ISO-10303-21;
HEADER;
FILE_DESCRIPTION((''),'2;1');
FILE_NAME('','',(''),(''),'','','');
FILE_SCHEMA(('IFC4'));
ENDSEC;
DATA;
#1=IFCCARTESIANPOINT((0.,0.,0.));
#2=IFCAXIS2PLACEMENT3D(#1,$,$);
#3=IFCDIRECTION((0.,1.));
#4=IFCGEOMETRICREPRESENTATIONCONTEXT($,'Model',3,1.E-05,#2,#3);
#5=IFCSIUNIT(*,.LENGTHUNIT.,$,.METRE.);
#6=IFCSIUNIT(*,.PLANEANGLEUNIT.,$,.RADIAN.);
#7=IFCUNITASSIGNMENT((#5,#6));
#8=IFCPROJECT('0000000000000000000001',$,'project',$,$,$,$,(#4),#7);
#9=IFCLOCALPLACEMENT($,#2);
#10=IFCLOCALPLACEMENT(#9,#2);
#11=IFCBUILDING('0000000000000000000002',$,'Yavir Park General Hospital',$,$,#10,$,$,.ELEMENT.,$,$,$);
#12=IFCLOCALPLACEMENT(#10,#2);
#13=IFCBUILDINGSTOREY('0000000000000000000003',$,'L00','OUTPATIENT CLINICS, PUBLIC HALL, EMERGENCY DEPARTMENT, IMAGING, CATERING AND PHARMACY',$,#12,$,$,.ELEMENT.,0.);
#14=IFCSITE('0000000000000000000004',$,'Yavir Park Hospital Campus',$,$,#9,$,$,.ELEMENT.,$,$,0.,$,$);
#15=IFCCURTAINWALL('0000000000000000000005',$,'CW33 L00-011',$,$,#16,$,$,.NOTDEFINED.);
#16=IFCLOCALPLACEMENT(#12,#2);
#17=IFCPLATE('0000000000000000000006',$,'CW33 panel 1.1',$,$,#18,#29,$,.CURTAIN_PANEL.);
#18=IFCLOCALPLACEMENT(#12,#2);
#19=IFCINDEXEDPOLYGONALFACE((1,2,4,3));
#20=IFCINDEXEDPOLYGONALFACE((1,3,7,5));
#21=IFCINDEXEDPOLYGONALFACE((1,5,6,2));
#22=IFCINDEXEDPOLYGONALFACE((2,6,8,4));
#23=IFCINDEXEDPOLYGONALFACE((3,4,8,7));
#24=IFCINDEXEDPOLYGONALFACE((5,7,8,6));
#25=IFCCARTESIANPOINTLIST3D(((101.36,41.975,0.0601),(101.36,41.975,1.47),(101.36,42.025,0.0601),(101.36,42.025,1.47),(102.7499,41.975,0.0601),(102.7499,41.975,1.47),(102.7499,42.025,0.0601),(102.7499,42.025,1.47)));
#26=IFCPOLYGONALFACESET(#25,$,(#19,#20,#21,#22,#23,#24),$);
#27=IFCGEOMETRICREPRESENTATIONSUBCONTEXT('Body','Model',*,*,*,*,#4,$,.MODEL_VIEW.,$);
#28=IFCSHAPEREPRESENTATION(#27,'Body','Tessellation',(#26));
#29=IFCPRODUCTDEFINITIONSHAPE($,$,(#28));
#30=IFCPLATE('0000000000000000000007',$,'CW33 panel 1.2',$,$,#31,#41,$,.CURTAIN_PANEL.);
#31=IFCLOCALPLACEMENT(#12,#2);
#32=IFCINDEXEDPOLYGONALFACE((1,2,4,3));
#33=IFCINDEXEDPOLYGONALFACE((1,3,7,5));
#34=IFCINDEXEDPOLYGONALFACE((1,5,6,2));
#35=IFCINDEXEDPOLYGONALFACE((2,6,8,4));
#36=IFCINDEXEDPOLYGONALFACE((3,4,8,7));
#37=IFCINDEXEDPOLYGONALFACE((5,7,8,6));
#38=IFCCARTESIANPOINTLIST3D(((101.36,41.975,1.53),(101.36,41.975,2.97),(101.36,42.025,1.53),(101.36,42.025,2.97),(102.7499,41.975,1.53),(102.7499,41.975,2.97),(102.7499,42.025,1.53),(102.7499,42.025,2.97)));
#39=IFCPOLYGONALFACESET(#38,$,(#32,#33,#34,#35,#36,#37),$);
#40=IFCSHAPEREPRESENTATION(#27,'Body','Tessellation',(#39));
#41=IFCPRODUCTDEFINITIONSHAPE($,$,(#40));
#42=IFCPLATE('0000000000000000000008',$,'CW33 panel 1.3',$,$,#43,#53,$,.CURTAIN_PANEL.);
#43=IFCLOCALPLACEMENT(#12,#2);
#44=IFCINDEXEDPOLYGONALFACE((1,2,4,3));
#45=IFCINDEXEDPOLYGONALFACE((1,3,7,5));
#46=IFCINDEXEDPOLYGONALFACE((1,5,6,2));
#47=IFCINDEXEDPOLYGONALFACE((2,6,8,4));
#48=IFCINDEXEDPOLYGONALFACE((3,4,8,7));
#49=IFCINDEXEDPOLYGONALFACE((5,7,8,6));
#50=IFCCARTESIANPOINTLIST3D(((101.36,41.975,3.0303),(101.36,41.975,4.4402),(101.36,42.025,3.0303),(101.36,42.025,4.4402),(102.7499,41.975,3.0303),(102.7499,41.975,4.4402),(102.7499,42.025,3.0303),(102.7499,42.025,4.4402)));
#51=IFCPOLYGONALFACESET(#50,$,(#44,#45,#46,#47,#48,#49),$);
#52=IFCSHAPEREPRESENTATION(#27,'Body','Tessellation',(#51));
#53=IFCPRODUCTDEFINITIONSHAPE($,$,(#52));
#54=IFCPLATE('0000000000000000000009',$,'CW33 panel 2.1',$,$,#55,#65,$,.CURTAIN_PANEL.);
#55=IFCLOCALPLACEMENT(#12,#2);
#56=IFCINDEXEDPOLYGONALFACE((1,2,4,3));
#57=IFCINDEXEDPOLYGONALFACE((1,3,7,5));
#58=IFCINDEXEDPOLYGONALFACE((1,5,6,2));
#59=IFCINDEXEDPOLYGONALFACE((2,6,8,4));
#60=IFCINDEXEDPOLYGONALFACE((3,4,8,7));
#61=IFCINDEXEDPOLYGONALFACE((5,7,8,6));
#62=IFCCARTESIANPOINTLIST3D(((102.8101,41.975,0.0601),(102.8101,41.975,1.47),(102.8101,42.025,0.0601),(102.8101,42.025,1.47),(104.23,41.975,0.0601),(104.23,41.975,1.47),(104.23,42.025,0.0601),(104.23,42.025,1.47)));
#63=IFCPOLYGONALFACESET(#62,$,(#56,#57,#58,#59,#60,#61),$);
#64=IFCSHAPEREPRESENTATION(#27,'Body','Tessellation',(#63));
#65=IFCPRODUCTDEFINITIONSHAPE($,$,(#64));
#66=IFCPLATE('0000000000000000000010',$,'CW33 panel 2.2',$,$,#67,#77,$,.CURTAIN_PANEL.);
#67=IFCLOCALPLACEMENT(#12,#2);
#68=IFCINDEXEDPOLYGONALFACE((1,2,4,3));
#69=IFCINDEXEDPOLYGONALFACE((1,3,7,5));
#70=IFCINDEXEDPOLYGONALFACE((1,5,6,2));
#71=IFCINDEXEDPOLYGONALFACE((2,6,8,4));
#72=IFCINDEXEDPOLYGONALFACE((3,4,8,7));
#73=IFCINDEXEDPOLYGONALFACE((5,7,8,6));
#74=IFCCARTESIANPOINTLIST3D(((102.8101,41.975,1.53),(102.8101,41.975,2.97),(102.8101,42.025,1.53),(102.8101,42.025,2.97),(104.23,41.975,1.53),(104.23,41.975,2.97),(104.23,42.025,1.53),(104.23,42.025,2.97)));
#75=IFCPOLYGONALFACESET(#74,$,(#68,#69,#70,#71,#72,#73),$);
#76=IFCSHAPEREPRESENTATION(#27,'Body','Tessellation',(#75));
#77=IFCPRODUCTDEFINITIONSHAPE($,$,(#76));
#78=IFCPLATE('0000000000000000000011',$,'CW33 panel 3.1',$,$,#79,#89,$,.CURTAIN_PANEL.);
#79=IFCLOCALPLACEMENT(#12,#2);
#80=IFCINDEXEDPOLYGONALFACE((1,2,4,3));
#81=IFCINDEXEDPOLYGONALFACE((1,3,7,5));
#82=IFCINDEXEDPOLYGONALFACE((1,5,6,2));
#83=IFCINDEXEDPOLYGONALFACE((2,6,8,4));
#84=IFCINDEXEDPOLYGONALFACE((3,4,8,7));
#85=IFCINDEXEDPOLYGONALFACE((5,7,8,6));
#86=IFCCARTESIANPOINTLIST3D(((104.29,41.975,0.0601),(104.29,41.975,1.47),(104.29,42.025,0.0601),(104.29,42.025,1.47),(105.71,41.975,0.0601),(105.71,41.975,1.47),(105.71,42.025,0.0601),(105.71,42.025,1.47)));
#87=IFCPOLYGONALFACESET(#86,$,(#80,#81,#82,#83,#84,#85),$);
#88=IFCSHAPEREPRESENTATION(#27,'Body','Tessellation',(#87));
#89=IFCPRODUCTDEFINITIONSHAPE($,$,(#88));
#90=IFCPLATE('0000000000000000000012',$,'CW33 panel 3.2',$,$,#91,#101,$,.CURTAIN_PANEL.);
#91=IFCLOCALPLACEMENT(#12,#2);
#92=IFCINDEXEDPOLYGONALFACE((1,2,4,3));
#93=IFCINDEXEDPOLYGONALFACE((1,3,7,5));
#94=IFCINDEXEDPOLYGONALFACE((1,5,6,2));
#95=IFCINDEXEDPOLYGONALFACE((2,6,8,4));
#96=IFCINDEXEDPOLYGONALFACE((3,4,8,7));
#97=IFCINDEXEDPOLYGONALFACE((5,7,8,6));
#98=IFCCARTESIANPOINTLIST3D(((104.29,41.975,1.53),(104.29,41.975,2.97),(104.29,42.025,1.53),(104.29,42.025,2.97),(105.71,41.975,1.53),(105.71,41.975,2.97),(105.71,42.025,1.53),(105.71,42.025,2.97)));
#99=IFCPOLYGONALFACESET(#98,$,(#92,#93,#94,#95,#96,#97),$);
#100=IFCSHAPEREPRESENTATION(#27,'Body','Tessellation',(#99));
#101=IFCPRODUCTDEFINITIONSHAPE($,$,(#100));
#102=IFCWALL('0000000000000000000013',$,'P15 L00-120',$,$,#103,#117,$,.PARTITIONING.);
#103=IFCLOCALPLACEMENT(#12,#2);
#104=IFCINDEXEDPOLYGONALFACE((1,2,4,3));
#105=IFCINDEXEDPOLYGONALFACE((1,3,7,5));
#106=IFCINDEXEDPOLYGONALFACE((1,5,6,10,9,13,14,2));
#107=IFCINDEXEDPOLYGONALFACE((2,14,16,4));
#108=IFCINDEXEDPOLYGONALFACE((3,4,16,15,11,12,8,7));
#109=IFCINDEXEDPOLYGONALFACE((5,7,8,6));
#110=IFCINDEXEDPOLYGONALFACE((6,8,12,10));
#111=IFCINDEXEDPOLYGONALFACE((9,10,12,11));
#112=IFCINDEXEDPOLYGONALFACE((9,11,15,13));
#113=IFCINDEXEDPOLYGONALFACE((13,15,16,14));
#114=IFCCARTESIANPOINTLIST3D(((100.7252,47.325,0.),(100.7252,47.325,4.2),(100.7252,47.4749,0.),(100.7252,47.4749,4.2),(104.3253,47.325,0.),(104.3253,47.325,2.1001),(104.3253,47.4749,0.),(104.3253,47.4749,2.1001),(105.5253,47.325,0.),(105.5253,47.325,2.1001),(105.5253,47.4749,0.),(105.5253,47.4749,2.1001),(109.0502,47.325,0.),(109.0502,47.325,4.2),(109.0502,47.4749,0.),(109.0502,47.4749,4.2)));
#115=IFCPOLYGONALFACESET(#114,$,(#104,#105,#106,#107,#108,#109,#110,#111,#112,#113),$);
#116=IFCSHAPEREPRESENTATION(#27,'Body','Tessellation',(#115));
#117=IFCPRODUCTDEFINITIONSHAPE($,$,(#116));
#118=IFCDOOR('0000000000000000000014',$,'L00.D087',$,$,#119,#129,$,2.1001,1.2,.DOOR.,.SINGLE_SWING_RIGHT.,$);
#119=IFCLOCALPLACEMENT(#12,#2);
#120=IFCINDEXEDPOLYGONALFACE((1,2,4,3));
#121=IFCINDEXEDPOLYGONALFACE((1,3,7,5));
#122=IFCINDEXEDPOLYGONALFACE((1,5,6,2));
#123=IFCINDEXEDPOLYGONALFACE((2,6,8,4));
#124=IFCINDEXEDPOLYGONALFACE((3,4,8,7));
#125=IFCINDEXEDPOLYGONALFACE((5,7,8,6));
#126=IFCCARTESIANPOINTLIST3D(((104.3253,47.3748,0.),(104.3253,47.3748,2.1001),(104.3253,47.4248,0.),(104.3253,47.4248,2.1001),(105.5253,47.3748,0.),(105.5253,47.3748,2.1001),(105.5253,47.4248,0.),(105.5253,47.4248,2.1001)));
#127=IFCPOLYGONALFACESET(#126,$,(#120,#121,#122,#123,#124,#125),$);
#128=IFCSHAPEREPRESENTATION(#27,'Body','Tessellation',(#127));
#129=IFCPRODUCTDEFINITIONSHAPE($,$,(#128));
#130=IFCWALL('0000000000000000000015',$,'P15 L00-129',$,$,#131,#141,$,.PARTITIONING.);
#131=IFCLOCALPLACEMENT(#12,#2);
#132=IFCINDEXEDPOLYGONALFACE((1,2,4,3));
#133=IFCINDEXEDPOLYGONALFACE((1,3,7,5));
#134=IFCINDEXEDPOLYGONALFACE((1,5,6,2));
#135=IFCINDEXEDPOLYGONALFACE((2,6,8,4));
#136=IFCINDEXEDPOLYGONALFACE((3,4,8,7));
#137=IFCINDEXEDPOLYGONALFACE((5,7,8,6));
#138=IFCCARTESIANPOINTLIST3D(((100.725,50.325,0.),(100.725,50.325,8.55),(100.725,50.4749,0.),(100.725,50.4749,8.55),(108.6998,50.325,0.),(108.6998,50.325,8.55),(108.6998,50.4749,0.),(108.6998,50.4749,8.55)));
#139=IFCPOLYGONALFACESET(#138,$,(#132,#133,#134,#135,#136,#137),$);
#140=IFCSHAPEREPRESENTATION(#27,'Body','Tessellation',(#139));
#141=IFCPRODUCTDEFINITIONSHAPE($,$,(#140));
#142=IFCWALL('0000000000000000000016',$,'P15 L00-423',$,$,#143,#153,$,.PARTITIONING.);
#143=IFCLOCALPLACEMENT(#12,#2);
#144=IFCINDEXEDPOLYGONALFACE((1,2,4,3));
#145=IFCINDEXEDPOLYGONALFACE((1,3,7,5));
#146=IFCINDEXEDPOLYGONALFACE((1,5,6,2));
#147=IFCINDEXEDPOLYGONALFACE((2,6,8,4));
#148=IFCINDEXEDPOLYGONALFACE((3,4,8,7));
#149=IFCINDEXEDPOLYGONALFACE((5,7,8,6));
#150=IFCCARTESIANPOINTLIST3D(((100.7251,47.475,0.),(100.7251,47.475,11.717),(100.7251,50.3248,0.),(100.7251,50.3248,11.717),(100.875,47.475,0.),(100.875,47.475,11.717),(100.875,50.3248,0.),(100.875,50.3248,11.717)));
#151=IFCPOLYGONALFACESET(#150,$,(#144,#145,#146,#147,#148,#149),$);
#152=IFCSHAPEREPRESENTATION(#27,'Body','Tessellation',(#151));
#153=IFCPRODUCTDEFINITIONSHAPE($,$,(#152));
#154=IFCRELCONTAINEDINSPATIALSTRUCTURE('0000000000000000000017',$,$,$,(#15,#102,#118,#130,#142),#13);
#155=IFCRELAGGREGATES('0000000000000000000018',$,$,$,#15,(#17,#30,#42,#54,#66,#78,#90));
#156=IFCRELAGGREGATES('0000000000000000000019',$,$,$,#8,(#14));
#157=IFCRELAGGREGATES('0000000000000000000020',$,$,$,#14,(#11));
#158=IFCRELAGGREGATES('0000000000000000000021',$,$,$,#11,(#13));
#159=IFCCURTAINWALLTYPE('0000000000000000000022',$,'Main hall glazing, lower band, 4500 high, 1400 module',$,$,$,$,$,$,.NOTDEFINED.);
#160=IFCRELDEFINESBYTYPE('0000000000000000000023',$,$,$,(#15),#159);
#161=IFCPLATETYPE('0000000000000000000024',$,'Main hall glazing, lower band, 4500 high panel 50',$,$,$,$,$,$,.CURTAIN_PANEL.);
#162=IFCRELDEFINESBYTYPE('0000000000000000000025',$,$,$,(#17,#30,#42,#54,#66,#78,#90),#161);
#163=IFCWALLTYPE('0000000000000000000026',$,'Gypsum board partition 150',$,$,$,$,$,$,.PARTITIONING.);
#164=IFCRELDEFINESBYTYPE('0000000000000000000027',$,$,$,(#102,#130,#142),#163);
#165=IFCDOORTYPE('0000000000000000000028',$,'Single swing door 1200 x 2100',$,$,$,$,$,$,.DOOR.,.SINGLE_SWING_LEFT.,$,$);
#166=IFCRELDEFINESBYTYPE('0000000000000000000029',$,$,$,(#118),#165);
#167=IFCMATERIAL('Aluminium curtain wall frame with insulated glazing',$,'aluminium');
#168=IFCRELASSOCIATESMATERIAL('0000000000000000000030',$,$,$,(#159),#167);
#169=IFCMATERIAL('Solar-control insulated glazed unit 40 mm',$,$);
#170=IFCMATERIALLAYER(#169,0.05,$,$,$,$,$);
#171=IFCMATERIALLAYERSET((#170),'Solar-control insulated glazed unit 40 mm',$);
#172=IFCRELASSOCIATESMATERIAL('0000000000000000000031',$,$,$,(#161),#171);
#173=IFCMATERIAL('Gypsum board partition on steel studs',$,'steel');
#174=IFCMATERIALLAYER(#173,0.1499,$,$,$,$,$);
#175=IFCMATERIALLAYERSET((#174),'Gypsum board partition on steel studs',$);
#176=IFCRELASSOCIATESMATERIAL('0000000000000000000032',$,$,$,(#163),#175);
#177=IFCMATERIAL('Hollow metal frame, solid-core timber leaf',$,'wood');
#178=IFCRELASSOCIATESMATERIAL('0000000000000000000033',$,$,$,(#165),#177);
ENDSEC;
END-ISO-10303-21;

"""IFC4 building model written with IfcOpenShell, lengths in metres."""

from ifc_helpers import new_model, si_unit, direction, frame, frame_2d, origin, origin_2d, place, context, subcontext, project, spatial, rectangle, extrude, material, layer, layer_set, type_object, element, fill, aggregate, save


model = new_model("IFC4")

# Units and contexts
model_context = context("Model", 3, precision=1e-05, world=origin(), true_north=direction((0.0, 1.0)))
body_context = subcontext(model_context, "Body", "Model", "MODEL_VIEW")
ifc_project = project(units=[si_unit("LENGTHUNIT", "METRE"), si_unit("PLANEANGLEUNIT", "RADIAN")], contexts=[model_context])

# Site, building, storey
site_placement = place(None, origin())
site = spatial("IfcSite", under=ifc_project, at=site_placement, Name="Yavir Park Hospital Campus", CompositionType="ELEMENT", RefElevation=0.0)
building_placement = place(site_placement, origin())
building = spatial("IfcBuilding", under=site, at=building_placement, Name="Yavir Park General Hospital", CompositionType="ELEMENT")
storey_placement = place(building_placement, origin())
storey = spatial("IfcBuildingStorey", under=building, at=storey_placement, Name="L00", Description="OUTPATIENT CLINICS, PUBLIC HALL, EMERGENCY DEPARTMENT, IMAGING, CATERING AND PHARMACY", CompositionType="ELEMENT", Elevation=0.0)

# Curtain wall
ifc_material_1 = material(Name="Aluminium curtain wall frame with insulated glazing", Category="aluminium")
curtain_wall_type = type_object("IfcCurtainWallType", Name="Main hall glazing, lower band, 4500 high, 1400 module", PredefinedType="NOTDEFINED", material=ifc_material_1)
curtain_wall_placement = place(storey_placement, origin())
curtain_wall = element("IfcCurtainWall", 1, at=curtain_wall_placement, inside=storey, type_object=curtain_wall_type, Name="CW33 L00-011", PredefinedType="NOTDEFINED")

# Plates
ifc_material_2 = material(Name="Solar-control insulated glazed unit 40 mm")
ifc_layer_1 = layer(ifc_material_2, 0.05)
ifc_layer_set_1 = layer_set([ifc_layer_1], Name="Solar-control insulated glazed unit 40 mm")
plate_type = type_object("IfcPlateType", Name="Main hall glazing, lower band, 4500 high panel 50", PredefinedType="CURTAIN_PANEL", material=ifc_layer_set_1)
plate_1_placement = place(storey_placement, frame((102.0549, 42.0, 0.0601), z_axis=(0.0, 0.0, 1.0), x_axis=(1.0, 0.0, 0.0)))
plate_1 = element("IfcPlate", 2, at=plate_1_placement, type_object=plate_type, Name="CW33 panel 1.1", PredefinedType="CURTAIN_PANEL", context=body_context, shape_type="SweptSolid", body=[
    extrude(rectangle(XDim=1.3899, YDim=0.05, at=origin_2d()), origin(), (0.0, 0.0, 1.0), 1.4099),
])
plate_2_placement = place(storey_placement, frame((102.0549, 42.0, 1.53), z_axis=(0.0, 0.0, 1.0), x_axis=(1.0, 0.0, 0.0)))
plate_2 = element("IfcPlate", 3, at=plate_2_placement, type_object=plate_type, Name="CW33 panel 1.2", PredefinedType="CURTAIN_PANEL", context=body_context, shape_type="SweptSolid", body=[
    extrude(rectangle(XDim=1.3899, YDim=0.05, at=origin_2d()), origin(), (0.0, 0.0, 1.0), 1.4399),
])
plate_3_placement = place(storey_placement, frame((102.0549, 42.0, 3.0303), z_axis=(0.0, 0.0, 1.0), x_axis=(1.0, 0.0, 0.0)))
plate_3 = element("IfcPlate", 4, at=plate_3_placement, type_object=plate_type, Name="CW33 panel 1.3", PredefinedType="CURTAIN_PANEL", context=body_context, shape_type="SweptSolid", body=[
    extrude(rectangle(XDim=1.3899, YDim=0.05, at=origin_2d()), origin(), (0.0, 0.0, 1.0), 1.4099),
])
plate_4_placement = place(storey_placement, frame((103.52, 42.0, 0.0601), z_axis=(0.0, 0.0, 1.0), x_axis=(1.0, 0.0, 0.0)))
plate_4 = element("IfcPlate", 5, at=plate_4_placement, type_object=plate_type, Name="CW33 panel 2.1", PredefinedType="CURTAIN_PANEL", context=body_context, shape_type="SweptSolid", body=[
    extrude(rectangle(XDim=1.4199, YDim=0.05, at=origin_2d()), origin(), (0.0, 0.0, 1.0), 1.4099),
])
plate_5_placement = place(storey_placement, frame((103.52, 42.0, 1.53), z_axis=(0.0, 0.0, 1.0), x_axis=(1.0, 0.0, 0.0)))
plate_5 = element("IfcPlate", 6, at=plate_5_placement, type_object=plate_type, Name="CW33 panel 2.2", PredefinedType="CURTAIN_PANEL", context=body_context, shape_type="SweptSolid", body=[
    extrude(rectangle(XDim=1.4199, YDim=0.05, at=origin_2d()), origin(), (0.0, 0.0, 1.0), 1.4399),
])
plate_6_placement = place(storey_placement, frame((105.0, 42.0, 0.0601), z_axis=(0.0, 0.0, 1.0), x_axis=(1.0, 0.0, 0.0)))
plate_6 = element("IfcPlate", 7, at=plate_6_placement, type_object=plate_type, Name="CW33 panel 3.1", PredefinedType="CURTAIN_PANEL", context=body_context, shape_type="SweptSolid", body=[
    extrude(rectangle(XDim=1.4199, YDim=0.05, at=origin_2d()), origin(), (0.0, 0.0, 1.0), 1.4099),
])
plate_7_placement = place(storey_placement, frame((105.0, 42.0, 1.53), z_axis=(0.0, 0.0, 1.0), x_axis=(1.0, 0.0, 0.0)))
plate_7 = element("IfcPlate", 8, at=plate_7_placement, type_object=plate_type, Name="CW33 panel 3.2", PredefinedType="CURTAIN_PANEL", context=body_context, shape_type="SweptSolid", body=[
    extrude(rectangle(XDim=1.4199, YDim=0.05, at=origin_2d()), origin(), (0.0, 0.0, 1.0), 1.4399),
])
aggregate(curtain_wall, [plate_1, plate_2, plate_3, plate_4, plate_5, plate_6, plate_7])

# Wall, opening, door
ifc_material_3 = material(Name="Gypsum board partition on steel studs", Category="steel")
ifc_layer_2 = layer(ifc_material_3, 0.1499)
ifc_layer_set_2 = layer_set([ifc_layer_2], Name="Gypsum board partition on steel studs")
wall_type = type_object("IfcWallType", Name="Gypsum board partition 150", PredefinedType="PARTITIONING", material=ifc_layer_set_2)
wall_1_placement = place(storey_placement, frame((100.7251, 47.3999, 0.0), z_axis=(0.0, 0.0, 1.0), x_axis=(1.0, 0.0, 0.0)))
wall_1 = element("IfcWall", 9, at=wall_1_placement, inside=storey, type_object=wall_type, Name="P15 L00-120", PredefinedType="PARTITIONING", context=body_context, shape_type="SweptSolid", body=[
    extrude(rectangle(XDim=8.325, YDim=0.1499, at=frame_2d((4.1626, 0.0))), origin(), (0.0, 0.0, 1.0), 4.2),
])
opening_placement = place(wall_1_placement, frame((3.6001, 0.0, 0.0)))
opening = element("IfcOpeningElement", 10, at=opening_placement, cuts=wall_1, PredefinedType="OPENING", context=body_context, shape_type="SweptSolid", body=[
    extrude(rectangle(XDim=1.2, YDim=2.1001, at=frame_2d((0.6001, 1.05))), frame((0.0, 0.085, 0.0), z_axis=(0.0, -1.0, 0.0), x_axis=(1.0, 0.0, 0.0)), (0.0, 0.0, 1.0), 0.1699),
])
ifc_material_4 = material(Name="Hollow metal frame, solid-core timber leaf", Category="wood")
door_type = type_object("IfcDoorType", Name="Single swing door 1200 x 2100", OperationType="SINGLE_SWING_LEFT", PredefinedType="DOOR", material=ifc_material_4)
door_placement = place(opening_placement, origin())
door = element("IfcDoor", 11, at=door_placement, inside=storey, type_object=door_type, Name="L00.D087", OperationType="SINGLE_SWING_RIGHT", OverallHeight=2.1001, OverallWidth=1.2, PredefinedType="DOOR", context=body_context, shape_type="SweptSolid", body=[
    extrude(rectangle(XDim=1.2, YDim=2.1001, at=frame_2d((0.6001, 1.05))), frame((0.0, 0.0249, 0.0), z_axis=(0.0, -1.0, 0.0), x_axis=(1.0, 0.0, 0.0)), (0.0, 0.0, 1.0), 0.05),
])
fill(opening, door)

# Walls
wall_2_placement = place(storey_placement, frame((100.7251, 50.3999, 0.0), z_axis=(0.0, 0.0, 1.0), x_axis=(1.0, 0.0, 0.0)))
element("IfcWall", 12, at=wall_2_placement, inside=storey, type_object=wall_type, Name="P15 L00-129", PredefinedType="PARTITIONING", context=body_context, shape_type="SweptSolid", body=[
    extrude(rectangle(XDim=7.9749, YDim=0.1499, at=frame_2d((3.9873, 0.0))), origin(), (0.0, 0.0, 1.0), 8.55),
])
wall_3_placement = place(storey_placement, frame((100.8, 47.4751, 0.0), z_axis=(0.0, 0.0, 1.0), x_axis=(0.0, 1.0, 0.0)))
element("IfcWall", 13, at=wall_3_placement, inside=storey, type_object=wall_type, Name="P15 L00-423", PredefinedType="PARTITIONING", context=body_context, shape_type="SweptSolid", body=[
    extrude(rectangle(XDim=2.8499, YDim=0.1499, at=frame_2d((1.4248, 0.0))), origin(), (0.0, 0.0, 1.0), 11.717),
])

save(model, "model.ifc")
